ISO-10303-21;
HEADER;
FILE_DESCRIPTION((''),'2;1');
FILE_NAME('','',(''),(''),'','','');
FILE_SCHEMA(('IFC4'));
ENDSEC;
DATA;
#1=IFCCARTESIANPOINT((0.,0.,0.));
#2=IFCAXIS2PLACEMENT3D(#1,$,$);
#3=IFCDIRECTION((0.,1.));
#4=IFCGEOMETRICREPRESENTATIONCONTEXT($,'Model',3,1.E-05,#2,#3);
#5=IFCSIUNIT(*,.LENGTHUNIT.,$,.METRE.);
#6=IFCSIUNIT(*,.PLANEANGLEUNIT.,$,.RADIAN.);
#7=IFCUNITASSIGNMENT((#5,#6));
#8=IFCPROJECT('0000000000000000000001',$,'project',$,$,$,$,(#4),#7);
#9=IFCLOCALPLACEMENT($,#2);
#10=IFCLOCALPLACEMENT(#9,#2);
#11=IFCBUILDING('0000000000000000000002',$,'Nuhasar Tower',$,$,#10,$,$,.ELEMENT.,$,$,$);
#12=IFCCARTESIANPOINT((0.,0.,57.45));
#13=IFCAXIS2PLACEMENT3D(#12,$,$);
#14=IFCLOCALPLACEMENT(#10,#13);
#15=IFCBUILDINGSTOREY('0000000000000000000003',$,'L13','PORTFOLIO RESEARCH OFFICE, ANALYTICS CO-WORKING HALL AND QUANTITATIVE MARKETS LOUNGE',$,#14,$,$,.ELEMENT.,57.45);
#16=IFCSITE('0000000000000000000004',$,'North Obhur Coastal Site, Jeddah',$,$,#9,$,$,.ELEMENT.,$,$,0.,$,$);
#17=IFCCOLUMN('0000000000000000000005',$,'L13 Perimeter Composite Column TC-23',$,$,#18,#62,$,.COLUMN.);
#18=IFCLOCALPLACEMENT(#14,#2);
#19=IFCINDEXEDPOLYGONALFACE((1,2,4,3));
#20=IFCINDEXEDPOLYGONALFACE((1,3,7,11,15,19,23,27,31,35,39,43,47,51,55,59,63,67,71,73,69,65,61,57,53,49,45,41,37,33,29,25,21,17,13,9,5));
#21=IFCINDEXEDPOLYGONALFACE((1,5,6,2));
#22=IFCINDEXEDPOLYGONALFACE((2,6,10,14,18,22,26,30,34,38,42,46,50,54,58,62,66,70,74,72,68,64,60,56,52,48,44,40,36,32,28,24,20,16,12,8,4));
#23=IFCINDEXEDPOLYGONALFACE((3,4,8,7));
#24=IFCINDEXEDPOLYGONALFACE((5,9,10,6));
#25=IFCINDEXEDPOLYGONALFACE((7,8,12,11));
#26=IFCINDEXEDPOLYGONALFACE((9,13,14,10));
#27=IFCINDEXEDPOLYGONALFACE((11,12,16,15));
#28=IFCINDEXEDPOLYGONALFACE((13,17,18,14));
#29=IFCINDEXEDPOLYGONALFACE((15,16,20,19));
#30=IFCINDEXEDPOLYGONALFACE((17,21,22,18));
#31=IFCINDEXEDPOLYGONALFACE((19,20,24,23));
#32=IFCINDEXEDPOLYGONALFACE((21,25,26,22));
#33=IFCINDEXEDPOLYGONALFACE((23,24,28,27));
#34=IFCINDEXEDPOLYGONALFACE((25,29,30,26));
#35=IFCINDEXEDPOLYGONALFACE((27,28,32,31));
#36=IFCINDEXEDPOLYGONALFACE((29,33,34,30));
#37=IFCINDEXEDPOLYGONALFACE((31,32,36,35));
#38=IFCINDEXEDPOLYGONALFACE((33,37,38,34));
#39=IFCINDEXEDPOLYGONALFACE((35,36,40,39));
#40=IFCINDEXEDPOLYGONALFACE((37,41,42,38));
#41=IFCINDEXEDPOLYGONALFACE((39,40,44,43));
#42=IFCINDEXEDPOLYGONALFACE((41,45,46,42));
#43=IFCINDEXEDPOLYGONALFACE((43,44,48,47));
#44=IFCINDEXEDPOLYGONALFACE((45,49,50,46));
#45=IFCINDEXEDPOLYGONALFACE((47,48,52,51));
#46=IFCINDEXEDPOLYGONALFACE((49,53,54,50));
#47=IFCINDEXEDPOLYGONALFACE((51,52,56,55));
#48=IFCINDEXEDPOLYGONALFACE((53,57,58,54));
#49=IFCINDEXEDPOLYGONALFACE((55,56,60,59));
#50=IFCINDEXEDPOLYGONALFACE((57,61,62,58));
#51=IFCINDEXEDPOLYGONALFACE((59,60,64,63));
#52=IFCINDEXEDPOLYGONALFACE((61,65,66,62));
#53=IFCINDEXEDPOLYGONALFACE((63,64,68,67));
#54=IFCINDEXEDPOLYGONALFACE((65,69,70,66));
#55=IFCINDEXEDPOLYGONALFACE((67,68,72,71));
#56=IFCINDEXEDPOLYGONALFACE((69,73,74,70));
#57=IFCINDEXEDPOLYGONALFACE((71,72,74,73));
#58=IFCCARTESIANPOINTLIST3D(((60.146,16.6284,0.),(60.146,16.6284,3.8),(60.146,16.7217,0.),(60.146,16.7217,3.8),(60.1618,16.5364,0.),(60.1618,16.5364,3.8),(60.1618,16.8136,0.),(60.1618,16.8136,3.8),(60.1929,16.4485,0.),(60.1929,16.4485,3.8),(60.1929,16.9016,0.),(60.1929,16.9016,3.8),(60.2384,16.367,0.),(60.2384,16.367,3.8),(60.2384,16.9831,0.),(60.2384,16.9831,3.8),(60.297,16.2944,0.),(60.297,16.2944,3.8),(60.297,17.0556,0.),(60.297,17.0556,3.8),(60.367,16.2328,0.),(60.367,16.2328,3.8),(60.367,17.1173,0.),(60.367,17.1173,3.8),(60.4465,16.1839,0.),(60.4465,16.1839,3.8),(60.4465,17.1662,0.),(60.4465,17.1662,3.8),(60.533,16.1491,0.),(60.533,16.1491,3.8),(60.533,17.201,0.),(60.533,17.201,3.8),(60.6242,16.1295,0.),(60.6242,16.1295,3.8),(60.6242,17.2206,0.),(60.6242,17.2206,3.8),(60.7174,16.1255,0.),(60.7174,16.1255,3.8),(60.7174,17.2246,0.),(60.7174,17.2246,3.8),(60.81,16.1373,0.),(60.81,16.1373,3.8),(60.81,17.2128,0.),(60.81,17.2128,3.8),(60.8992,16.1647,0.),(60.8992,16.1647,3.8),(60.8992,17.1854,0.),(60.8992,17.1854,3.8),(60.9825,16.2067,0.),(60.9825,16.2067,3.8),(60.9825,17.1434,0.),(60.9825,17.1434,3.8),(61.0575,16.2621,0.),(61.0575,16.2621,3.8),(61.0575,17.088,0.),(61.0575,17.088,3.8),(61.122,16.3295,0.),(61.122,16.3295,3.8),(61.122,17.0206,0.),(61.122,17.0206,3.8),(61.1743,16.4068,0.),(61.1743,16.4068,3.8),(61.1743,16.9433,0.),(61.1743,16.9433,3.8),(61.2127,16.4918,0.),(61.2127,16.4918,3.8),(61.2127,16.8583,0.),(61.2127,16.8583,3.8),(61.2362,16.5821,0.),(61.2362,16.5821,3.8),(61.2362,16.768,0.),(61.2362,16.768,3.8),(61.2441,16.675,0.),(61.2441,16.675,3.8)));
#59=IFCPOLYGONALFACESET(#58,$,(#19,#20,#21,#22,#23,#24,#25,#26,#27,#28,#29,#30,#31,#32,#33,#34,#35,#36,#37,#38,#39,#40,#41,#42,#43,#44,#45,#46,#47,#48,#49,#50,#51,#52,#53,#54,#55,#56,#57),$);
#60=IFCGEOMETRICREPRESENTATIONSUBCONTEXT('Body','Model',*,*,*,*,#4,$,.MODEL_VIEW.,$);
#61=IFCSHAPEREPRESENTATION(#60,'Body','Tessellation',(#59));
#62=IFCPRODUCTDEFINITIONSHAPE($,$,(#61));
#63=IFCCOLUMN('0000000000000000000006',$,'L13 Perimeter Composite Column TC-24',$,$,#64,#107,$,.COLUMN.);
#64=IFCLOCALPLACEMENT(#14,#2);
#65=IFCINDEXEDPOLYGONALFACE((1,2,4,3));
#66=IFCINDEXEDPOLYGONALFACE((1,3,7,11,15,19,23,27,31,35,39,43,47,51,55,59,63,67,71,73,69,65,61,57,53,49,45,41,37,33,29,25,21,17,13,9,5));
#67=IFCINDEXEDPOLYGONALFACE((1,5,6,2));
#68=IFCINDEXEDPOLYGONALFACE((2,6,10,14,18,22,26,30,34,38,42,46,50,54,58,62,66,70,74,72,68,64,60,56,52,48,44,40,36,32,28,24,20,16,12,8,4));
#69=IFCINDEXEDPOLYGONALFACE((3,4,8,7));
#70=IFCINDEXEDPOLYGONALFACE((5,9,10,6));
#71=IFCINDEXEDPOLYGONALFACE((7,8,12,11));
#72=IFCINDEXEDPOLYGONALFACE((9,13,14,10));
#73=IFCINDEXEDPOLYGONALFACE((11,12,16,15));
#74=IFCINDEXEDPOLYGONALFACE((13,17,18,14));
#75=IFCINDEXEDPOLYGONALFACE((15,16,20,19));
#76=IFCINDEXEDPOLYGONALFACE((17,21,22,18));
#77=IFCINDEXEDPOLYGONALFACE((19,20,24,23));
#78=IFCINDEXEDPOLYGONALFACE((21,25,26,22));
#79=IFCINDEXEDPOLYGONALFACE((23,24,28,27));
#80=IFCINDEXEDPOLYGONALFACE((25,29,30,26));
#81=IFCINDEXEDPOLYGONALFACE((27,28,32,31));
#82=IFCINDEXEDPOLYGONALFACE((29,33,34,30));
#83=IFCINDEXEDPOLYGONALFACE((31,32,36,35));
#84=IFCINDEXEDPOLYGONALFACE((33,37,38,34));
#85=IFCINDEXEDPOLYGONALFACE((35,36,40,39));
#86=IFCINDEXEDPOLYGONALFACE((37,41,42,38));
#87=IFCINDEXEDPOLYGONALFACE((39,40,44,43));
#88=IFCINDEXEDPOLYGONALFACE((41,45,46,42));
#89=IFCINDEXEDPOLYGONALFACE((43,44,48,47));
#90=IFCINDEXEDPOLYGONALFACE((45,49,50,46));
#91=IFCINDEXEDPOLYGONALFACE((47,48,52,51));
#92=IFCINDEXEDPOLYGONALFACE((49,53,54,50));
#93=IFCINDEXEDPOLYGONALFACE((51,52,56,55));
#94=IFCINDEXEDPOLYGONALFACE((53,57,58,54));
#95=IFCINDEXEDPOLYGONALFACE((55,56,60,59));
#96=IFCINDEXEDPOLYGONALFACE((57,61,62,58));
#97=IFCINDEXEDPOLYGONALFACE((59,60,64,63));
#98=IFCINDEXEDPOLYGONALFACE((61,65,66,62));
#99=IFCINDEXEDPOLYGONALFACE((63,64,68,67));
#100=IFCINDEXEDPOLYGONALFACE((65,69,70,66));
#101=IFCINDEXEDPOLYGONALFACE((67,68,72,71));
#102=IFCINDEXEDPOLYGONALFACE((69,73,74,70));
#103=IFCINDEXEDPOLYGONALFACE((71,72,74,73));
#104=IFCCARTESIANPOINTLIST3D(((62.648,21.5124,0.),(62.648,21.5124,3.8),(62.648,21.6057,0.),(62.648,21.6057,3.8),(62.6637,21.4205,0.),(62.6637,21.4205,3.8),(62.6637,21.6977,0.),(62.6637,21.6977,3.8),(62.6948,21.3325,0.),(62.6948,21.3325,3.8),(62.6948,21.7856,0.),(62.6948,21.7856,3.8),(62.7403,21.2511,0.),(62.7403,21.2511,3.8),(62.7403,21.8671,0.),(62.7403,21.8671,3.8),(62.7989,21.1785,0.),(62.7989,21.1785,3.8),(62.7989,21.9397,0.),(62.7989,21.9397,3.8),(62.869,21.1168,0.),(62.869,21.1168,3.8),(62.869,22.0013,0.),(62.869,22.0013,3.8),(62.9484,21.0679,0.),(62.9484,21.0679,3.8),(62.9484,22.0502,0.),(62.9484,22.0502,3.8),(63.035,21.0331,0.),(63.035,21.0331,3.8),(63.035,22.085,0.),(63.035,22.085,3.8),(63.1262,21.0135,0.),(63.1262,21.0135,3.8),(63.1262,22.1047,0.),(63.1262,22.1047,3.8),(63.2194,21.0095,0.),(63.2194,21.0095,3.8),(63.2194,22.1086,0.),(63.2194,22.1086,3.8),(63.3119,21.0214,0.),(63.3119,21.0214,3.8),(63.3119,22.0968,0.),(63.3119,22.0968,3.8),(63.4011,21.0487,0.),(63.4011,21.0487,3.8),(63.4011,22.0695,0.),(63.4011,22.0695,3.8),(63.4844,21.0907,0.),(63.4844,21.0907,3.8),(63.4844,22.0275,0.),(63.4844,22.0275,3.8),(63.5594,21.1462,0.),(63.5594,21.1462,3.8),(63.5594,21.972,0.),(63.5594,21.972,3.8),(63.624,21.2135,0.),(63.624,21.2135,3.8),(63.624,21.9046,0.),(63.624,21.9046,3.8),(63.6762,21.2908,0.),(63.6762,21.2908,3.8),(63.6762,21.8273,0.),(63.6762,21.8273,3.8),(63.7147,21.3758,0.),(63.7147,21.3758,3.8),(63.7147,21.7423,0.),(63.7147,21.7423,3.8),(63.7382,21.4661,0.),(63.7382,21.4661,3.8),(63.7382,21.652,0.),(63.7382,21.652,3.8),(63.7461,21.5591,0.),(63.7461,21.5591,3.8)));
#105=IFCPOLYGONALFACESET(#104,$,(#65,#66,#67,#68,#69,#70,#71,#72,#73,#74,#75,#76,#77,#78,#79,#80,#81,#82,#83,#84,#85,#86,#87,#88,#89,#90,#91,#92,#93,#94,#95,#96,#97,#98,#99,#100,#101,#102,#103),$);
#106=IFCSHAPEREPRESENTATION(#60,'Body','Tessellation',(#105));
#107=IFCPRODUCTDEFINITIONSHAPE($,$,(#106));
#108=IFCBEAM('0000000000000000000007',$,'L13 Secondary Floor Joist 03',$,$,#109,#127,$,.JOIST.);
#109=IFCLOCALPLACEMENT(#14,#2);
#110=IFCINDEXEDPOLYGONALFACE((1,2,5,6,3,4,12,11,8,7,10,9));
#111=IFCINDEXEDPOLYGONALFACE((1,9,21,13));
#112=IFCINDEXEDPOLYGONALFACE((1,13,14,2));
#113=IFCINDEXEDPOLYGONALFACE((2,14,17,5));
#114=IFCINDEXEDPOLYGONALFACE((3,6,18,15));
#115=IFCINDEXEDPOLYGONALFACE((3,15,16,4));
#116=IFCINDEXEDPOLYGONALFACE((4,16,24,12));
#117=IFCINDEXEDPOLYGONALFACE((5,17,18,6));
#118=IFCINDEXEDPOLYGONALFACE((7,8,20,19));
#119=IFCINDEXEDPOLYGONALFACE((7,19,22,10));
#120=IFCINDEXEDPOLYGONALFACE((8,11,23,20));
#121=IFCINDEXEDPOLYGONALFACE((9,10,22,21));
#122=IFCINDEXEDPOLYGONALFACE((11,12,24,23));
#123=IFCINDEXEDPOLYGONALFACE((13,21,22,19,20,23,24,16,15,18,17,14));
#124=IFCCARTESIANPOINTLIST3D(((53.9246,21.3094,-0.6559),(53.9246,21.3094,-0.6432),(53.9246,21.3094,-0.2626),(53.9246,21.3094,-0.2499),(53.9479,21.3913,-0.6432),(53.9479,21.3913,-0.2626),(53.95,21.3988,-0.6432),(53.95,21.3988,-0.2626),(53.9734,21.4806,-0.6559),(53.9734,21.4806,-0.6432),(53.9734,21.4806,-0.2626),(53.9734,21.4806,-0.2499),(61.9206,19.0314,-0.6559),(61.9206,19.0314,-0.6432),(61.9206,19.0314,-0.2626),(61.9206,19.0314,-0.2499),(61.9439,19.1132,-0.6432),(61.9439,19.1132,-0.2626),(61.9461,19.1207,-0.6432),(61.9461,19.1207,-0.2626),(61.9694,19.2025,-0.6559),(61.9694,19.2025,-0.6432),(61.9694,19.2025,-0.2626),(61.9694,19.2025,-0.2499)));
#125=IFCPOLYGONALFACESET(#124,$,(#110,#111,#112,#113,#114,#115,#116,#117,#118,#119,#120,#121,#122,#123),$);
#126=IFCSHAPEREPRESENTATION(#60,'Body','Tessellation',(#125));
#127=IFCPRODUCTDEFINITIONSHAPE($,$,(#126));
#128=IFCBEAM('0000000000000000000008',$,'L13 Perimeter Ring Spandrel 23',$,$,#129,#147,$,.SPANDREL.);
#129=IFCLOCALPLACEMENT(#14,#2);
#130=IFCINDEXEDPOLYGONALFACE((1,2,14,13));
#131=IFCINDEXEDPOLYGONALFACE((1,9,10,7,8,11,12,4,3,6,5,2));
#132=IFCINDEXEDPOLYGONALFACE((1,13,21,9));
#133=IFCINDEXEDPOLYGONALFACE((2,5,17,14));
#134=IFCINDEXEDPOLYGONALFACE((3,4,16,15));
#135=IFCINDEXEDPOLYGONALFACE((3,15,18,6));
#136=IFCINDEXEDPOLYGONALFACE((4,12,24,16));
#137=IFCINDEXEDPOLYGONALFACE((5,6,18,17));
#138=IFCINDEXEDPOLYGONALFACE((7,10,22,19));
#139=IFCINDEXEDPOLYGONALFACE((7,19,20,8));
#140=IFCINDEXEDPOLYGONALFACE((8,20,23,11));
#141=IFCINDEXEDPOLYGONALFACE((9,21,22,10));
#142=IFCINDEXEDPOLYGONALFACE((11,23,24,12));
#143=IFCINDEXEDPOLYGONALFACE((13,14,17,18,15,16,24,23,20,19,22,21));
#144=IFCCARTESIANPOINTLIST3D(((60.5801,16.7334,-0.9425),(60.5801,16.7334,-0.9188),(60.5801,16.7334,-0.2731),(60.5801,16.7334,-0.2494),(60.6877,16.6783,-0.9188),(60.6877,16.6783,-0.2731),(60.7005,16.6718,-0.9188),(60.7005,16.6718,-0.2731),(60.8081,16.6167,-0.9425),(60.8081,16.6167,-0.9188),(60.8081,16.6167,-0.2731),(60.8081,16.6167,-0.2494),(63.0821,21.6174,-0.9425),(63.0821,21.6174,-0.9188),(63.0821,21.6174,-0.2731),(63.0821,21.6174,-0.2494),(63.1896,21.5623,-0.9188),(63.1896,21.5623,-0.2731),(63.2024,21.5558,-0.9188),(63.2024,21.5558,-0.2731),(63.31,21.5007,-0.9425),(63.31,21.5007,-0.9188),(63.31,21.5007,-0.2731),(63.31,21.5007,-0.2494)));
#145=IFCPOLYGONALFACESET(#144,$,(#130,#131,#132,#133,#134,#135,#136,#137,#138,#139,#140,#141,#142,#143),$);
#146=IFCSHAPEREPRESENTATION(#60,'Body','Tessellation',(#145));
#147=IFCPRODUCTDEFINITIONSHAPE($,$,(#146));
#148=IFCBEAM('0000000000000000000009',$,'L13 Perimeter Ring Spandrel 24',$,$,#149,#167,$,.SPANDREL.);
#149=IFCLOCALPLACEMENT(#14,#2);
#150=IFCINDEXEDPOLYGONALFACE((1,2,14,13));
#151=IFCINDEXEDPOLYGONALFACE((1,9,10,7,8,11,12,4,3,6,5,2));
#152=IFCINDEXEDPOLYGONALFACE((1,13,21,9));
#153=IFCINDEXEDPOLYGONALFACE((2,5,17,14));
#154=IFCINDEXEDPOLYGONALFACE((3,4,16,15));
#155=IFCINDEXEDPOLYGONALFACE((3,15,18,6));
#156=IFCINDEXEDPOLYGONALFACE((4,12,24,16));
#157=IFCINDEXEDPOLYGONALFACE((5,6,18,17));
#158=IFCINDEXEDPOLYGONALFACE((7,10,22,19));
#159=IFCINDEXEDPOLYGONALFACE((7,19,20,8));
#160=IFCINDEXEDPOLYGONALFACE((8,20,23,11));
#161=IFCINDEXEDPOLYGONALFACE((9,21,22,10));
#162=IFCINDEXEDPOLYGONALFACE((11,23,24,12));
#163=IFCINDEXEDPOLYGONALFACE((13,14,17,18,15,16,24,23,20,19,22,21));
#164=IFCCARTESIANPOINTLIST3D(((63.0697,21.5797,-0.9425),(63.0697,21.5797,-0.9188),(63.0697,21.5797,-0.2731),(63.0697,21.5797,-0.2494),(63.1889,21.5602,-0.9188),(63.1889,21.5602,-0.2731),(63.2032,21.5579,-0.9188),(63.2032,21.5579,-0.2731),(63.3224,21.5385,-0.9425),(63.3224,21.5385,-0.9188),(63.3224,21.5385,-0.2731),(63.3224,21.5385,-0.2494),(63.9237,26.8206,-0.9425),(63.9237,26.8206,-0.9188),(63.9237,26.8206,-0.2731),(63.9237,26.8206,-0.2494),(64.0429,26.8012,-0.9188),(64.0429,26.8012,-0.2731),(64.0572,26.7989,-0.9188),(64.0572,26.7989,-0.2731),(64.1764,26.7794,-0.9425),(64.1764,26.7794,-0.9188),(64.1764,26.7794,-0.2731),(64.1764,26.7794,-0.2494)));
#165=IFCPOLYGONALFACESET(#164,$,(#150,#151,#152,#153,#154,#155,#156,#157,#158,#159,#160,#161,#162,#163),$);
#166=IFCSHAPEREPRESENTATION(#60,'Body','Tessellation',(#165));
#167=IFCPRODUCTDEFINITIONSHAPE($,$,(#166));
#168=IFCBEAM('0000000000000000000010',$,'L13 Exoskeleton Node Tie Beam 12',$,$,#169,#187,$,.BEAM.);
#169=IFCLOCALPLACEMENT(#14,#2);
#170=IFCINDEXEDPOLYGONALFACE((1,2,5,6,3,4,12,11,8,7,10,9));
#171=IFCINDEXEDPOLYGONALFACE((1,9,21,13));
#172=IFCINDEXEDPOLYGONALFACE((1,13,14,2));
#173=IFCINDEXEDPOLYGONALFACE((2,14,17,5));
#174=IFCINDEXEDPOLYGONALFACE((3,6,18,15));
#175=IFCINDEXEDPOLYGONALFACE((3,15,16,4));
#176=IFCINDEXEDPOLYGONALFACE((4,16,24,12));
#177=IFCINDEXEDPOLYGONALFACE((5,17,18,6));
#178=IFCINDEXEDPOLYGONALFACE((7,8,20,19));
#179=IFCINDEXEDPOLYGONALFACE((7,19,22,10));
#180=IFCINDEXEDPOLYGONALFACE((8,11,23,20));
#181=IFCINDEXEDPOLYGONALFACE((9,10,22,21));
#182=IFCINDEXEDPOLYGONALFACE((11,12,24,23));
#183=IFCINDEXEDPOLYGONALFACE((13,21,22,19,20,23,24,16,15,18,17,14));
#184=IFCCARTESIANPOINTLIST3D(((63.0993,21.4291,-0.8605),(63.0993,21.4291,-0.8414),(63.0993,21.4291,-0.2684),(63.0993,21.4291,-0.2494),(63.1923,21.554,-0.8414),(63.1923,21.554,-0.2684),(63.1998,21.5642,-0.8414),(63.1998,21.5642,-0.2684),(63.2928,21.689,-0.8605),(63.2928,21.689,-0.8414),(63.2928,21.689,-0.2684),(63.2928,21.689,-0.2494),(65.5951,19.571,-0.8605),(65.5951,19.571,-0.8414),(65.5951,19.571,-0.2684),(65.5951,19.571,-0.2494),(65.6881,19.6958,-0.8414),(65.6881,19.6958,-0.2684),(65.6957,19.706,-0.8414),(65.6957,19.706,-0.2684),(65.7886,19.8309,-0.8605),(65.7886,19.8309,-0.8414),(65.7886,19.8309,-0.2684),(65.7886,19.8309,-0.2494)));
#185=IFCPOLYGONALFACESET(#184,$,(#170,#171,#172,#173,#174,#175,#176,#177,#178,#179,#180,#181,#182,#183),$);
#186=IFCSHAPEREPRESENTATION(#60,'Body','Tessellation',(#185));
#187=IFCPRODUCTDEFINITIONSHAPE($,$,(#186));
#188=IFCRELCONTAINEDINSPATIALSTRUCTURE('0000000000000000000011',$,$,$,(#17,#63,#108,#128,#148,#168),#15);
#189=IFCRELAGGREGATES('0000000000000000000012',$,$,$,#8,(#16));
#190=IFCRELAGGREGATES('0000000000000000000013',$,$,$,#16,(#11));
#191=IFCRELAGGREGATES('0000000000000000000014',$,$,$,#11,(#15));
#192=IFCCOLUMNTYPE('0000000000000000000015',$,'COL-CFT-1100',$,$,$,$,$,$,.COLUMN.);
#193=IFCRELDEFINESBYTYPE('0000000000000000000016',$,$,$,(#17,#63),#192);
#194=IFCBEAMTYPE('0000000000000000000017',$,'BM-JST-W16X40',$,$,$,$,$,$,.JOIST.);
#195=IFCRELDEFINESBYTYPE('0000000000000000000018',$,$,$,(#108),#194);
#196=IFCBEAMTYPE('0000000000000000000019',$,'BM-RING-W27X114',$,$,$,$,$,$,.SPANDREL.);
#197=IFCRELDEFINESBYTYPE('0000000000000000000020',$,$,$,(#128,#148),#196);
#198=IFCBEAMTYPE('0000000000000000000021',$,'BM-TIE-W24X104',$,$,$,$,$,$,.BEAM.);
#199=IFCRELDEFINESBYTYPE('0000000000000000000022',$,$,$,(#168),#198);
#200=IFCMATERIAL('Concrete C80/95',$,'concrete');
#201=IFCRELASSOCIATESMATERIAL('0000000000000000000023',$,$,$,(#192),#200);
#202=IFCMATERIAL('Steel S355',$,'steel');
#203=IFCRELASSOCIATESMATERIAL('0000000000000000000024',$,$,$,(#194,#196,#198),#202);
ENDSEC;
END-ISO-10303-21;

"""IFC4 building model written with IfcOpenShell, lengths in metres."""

from ifc_helpers import new_model, si_unit, direction, frame, origin, origin_2d, place, context, subcontext, project, spatial, circle, i_section, extrude, material, material_profile, profile_set, type_object, element, save


model = new_model("IFC4")

# Units and contexts
model_context = context("Model", 3, precision=1e-05, world=origin(), true_north=direction((0.0, 1.0)))
body_context = subcontext(model_context, "Body", "Model", "MODEL_VIEW")
ifc_project = project(units=[si_unit("LENGTHUNIT", "METRE"), si_unit("PLANEANGLEUNIT", "RADIAN")], contexts=[model_context])

# Site, building, storey
site_placement = place(None, origin())
site = spatial("IfcSite", under=ifc_project, at=site_placement, Name="North Obhur Coastal Site, Jeddah", CompositionType="ELEMENT", RefElevation=0.0)
building_placement = place(site_placement, origin())
building = spatial("IfcBuilding", under=site, at=building_placement, Name="Nuhasar Tower", CompositionType="ELEMENT")
storey_placement = place(building_placement, frame((0.0, 0.0, 57.45)))
storey = spatial("IfcBuildingStorey", under=building, at=storey_placement, Name="L13", Description="PORTFOLIO RESEARCH OFFICE, ANALYTICS CO-WORKING HALL AND QUANTITATIVE MARKETS LOUNGE", CompositionType="ELEMENT", Elevation=57.45)

# Columns
ifc_material_1 = material(Name="Concrete C80/95", Category="concrete")
ifc_material_profile_1 = material_profile(ifc_material_1, circle(Radius=0.55, at=origin_2d()), Name="CFT1100")
ifc_profile_set_1 = profile_set([ifc_material_profile_1], Name="Concrete C80/95")
column_type = type_object("IfcColumnType", Name="COL-CFT-1100", PredefinedType="COLUMN", material=ifc_profile_set_1)
for number, where, z_axis, x_axis, name in (
    (1, (60.6941, 16.675, 0.0), (0.0, 0.0, 1.0), (1.0, 0.0, 0.0), "L13 Perimeter Composite Column TC-23"),
    (2, (63.196, 21.5591, 0.0), (0.0, 0.0, 1.0), (1.0, 0.0, 0.0), "L13 Perimeter Composite Column TC-24"),
):
    element("IfcColumn", number, at=place(storey_placement, frame(where, z_axis=z_axis, x_axis=x_axis)), inside=storey, type_object=column_type, Name=name, PredefinedType="COLUMN", context=body_context, shape_type="SweptSolid", body=[
        extrude(circle(Radius=0.55, at=origin_2d()), origin(), (0.0, 0.0, 1.0), 3.8),
    ])

# Beams
ifc_material_2 = material(Name="Steel S355", Category="steel")
ifc_material_profile_2 = material_profile(ifc_material_2, i_section(OverallWidth=0.178, OverallDepth=0.406, WebThickness=0.0078, FlangeThickness=0.0127, at=origin_2d()), Name="W16X40")
ifc_profile_set_2 = profile_set([ifc_material_profile_2], Name="Steel S355")
beam_type_1 = type_object("IfcBeamType", Name="BM-JST-W16X40", PredefinedType="JOIST", material=ifc_profile_set_2)
beam_1_placement = place(storey_placement, frame((53.949, 21.395, -0.4529), z_axis=(0.961731, -0.273996, 0.0), x_axis=(0.273996, 0.961731, 0.0)))
element("IfcBeam", 3, at=beam_1_placement, inside=storey, type_object=beam_type_1, Name="L13 Secondary Floor Joist 03", PredefinedType="JOIST", context=body_context, shape_type="SweptSolid", body=[
    extrude(i_section(OverallWidth=0.178, OverallDepth=0.406, WebThickness=0.0078, FlangeThickness=0.0127, at=origin_2d()), origin(), (0.0, 0.0, 1.0), 8.3142),
])
ifc_material_profile_3 = material_profile(ifc_material_2, i_section(OverallWidth=0.2561, OverallDepth=0.6931, WebThickness=0.0144, FlangeThickness=0.0237, at=origin_2d()), Name="W27X114")
ifc_profile_set_3 = profile_set([ifc_material_profile_3], Name="Steel S355")
beam_type_2 = type_object("IfcBeamType", Name="BM-RING-W27X114", PredefinedType="SPANDREL", material=ifc_profile_set_3)
beam_2_placement = place(storey_placement, frame((60.6941, 16.675, -0.5959), z_axis=(0.45593, 0.890016, 0.0), x_axis=(-0.890016, 0.45593, 0.0)))
element("IfcBeam", 4, at=beam_2_placement, inside=storey, type_object=beam_type_2, Name="L13 Perimeter Ring Spandrel 23", PredefinedType="SPANDREL", context=body_context, shape_type="SweptSolid", body=[
    extrude(i_section(OverallWidth=0.2561, OverallDepth=0.6931, WebThickness=0.0144, FlangeThickness=0.0237, at=origin_2d()), origin(), (0.0, 0.0, 1.0), 5.4875),
])
beam_3_placement = place(storey_placement, frame((63.196, 21.5591, -0.5959), z_axis=(0.160827, 0.986983, 0.0), x_axis=(-0.986983, 0.160827, 0.0)))
element("IfcBeam", 5, at=beam_3_placement, inside=storey, type_object=beam_type_2, Name="L13 Perimeter Ring Spandrel 24", PredefinedType="SPANDREL", context=body_context, shape_type="SweptSolid", body=[
    extrude(i_section(OverallWidth=0.2561, OverallDepth=0.6931, WebThickness=0.0144, FlangeThickness=0.0237, at=origin_2d()), origin(), (0.0, 0.0, 1.0), 5.3101),
])
ifc_material_profile_4 = material_profile(ifc_material_2, i_section(OverallWidth=0.324, OverallDepth=0.6111, WebThickness=0.0127, FlangeThickness=0.019, at=origin_2d()), Name="W24X104")
ifc_profile_set_4 = profile_set([ifc_material_profile_4], Name="Steel S355")
beam_type_3 = type_object("IfcBeamType", Name="BM-TIE-W24X104", PredefinedType="BEAM", material=ifc_profile_set_4)
beam_4_placement = place(storey_placement, frame((63.196, 21.5591, -0.5549), z_axis=(0.802113, -0.597172, 0.0), x_axis=(0.597172, 0.802113, 0.0)))
element("IfcBeam", 6, at=beam_4_placement, inside=storey, type_object=beam_type_3, Name="L13 Exoskeleton Node Tie Beam 12", PredefinedType="BEAM", context=body_context, shape_type="SweptSolid", body=[
    extrude(i_section(OverallWidth=0.324, OverallDepth=0.6111, WebThickness=0.0127, FlangeThickness=0.019, at=origin_2d()), origin(), (0.0, 0.0, 1.0), 3.1116),
])

save(model, "model.ifc")
